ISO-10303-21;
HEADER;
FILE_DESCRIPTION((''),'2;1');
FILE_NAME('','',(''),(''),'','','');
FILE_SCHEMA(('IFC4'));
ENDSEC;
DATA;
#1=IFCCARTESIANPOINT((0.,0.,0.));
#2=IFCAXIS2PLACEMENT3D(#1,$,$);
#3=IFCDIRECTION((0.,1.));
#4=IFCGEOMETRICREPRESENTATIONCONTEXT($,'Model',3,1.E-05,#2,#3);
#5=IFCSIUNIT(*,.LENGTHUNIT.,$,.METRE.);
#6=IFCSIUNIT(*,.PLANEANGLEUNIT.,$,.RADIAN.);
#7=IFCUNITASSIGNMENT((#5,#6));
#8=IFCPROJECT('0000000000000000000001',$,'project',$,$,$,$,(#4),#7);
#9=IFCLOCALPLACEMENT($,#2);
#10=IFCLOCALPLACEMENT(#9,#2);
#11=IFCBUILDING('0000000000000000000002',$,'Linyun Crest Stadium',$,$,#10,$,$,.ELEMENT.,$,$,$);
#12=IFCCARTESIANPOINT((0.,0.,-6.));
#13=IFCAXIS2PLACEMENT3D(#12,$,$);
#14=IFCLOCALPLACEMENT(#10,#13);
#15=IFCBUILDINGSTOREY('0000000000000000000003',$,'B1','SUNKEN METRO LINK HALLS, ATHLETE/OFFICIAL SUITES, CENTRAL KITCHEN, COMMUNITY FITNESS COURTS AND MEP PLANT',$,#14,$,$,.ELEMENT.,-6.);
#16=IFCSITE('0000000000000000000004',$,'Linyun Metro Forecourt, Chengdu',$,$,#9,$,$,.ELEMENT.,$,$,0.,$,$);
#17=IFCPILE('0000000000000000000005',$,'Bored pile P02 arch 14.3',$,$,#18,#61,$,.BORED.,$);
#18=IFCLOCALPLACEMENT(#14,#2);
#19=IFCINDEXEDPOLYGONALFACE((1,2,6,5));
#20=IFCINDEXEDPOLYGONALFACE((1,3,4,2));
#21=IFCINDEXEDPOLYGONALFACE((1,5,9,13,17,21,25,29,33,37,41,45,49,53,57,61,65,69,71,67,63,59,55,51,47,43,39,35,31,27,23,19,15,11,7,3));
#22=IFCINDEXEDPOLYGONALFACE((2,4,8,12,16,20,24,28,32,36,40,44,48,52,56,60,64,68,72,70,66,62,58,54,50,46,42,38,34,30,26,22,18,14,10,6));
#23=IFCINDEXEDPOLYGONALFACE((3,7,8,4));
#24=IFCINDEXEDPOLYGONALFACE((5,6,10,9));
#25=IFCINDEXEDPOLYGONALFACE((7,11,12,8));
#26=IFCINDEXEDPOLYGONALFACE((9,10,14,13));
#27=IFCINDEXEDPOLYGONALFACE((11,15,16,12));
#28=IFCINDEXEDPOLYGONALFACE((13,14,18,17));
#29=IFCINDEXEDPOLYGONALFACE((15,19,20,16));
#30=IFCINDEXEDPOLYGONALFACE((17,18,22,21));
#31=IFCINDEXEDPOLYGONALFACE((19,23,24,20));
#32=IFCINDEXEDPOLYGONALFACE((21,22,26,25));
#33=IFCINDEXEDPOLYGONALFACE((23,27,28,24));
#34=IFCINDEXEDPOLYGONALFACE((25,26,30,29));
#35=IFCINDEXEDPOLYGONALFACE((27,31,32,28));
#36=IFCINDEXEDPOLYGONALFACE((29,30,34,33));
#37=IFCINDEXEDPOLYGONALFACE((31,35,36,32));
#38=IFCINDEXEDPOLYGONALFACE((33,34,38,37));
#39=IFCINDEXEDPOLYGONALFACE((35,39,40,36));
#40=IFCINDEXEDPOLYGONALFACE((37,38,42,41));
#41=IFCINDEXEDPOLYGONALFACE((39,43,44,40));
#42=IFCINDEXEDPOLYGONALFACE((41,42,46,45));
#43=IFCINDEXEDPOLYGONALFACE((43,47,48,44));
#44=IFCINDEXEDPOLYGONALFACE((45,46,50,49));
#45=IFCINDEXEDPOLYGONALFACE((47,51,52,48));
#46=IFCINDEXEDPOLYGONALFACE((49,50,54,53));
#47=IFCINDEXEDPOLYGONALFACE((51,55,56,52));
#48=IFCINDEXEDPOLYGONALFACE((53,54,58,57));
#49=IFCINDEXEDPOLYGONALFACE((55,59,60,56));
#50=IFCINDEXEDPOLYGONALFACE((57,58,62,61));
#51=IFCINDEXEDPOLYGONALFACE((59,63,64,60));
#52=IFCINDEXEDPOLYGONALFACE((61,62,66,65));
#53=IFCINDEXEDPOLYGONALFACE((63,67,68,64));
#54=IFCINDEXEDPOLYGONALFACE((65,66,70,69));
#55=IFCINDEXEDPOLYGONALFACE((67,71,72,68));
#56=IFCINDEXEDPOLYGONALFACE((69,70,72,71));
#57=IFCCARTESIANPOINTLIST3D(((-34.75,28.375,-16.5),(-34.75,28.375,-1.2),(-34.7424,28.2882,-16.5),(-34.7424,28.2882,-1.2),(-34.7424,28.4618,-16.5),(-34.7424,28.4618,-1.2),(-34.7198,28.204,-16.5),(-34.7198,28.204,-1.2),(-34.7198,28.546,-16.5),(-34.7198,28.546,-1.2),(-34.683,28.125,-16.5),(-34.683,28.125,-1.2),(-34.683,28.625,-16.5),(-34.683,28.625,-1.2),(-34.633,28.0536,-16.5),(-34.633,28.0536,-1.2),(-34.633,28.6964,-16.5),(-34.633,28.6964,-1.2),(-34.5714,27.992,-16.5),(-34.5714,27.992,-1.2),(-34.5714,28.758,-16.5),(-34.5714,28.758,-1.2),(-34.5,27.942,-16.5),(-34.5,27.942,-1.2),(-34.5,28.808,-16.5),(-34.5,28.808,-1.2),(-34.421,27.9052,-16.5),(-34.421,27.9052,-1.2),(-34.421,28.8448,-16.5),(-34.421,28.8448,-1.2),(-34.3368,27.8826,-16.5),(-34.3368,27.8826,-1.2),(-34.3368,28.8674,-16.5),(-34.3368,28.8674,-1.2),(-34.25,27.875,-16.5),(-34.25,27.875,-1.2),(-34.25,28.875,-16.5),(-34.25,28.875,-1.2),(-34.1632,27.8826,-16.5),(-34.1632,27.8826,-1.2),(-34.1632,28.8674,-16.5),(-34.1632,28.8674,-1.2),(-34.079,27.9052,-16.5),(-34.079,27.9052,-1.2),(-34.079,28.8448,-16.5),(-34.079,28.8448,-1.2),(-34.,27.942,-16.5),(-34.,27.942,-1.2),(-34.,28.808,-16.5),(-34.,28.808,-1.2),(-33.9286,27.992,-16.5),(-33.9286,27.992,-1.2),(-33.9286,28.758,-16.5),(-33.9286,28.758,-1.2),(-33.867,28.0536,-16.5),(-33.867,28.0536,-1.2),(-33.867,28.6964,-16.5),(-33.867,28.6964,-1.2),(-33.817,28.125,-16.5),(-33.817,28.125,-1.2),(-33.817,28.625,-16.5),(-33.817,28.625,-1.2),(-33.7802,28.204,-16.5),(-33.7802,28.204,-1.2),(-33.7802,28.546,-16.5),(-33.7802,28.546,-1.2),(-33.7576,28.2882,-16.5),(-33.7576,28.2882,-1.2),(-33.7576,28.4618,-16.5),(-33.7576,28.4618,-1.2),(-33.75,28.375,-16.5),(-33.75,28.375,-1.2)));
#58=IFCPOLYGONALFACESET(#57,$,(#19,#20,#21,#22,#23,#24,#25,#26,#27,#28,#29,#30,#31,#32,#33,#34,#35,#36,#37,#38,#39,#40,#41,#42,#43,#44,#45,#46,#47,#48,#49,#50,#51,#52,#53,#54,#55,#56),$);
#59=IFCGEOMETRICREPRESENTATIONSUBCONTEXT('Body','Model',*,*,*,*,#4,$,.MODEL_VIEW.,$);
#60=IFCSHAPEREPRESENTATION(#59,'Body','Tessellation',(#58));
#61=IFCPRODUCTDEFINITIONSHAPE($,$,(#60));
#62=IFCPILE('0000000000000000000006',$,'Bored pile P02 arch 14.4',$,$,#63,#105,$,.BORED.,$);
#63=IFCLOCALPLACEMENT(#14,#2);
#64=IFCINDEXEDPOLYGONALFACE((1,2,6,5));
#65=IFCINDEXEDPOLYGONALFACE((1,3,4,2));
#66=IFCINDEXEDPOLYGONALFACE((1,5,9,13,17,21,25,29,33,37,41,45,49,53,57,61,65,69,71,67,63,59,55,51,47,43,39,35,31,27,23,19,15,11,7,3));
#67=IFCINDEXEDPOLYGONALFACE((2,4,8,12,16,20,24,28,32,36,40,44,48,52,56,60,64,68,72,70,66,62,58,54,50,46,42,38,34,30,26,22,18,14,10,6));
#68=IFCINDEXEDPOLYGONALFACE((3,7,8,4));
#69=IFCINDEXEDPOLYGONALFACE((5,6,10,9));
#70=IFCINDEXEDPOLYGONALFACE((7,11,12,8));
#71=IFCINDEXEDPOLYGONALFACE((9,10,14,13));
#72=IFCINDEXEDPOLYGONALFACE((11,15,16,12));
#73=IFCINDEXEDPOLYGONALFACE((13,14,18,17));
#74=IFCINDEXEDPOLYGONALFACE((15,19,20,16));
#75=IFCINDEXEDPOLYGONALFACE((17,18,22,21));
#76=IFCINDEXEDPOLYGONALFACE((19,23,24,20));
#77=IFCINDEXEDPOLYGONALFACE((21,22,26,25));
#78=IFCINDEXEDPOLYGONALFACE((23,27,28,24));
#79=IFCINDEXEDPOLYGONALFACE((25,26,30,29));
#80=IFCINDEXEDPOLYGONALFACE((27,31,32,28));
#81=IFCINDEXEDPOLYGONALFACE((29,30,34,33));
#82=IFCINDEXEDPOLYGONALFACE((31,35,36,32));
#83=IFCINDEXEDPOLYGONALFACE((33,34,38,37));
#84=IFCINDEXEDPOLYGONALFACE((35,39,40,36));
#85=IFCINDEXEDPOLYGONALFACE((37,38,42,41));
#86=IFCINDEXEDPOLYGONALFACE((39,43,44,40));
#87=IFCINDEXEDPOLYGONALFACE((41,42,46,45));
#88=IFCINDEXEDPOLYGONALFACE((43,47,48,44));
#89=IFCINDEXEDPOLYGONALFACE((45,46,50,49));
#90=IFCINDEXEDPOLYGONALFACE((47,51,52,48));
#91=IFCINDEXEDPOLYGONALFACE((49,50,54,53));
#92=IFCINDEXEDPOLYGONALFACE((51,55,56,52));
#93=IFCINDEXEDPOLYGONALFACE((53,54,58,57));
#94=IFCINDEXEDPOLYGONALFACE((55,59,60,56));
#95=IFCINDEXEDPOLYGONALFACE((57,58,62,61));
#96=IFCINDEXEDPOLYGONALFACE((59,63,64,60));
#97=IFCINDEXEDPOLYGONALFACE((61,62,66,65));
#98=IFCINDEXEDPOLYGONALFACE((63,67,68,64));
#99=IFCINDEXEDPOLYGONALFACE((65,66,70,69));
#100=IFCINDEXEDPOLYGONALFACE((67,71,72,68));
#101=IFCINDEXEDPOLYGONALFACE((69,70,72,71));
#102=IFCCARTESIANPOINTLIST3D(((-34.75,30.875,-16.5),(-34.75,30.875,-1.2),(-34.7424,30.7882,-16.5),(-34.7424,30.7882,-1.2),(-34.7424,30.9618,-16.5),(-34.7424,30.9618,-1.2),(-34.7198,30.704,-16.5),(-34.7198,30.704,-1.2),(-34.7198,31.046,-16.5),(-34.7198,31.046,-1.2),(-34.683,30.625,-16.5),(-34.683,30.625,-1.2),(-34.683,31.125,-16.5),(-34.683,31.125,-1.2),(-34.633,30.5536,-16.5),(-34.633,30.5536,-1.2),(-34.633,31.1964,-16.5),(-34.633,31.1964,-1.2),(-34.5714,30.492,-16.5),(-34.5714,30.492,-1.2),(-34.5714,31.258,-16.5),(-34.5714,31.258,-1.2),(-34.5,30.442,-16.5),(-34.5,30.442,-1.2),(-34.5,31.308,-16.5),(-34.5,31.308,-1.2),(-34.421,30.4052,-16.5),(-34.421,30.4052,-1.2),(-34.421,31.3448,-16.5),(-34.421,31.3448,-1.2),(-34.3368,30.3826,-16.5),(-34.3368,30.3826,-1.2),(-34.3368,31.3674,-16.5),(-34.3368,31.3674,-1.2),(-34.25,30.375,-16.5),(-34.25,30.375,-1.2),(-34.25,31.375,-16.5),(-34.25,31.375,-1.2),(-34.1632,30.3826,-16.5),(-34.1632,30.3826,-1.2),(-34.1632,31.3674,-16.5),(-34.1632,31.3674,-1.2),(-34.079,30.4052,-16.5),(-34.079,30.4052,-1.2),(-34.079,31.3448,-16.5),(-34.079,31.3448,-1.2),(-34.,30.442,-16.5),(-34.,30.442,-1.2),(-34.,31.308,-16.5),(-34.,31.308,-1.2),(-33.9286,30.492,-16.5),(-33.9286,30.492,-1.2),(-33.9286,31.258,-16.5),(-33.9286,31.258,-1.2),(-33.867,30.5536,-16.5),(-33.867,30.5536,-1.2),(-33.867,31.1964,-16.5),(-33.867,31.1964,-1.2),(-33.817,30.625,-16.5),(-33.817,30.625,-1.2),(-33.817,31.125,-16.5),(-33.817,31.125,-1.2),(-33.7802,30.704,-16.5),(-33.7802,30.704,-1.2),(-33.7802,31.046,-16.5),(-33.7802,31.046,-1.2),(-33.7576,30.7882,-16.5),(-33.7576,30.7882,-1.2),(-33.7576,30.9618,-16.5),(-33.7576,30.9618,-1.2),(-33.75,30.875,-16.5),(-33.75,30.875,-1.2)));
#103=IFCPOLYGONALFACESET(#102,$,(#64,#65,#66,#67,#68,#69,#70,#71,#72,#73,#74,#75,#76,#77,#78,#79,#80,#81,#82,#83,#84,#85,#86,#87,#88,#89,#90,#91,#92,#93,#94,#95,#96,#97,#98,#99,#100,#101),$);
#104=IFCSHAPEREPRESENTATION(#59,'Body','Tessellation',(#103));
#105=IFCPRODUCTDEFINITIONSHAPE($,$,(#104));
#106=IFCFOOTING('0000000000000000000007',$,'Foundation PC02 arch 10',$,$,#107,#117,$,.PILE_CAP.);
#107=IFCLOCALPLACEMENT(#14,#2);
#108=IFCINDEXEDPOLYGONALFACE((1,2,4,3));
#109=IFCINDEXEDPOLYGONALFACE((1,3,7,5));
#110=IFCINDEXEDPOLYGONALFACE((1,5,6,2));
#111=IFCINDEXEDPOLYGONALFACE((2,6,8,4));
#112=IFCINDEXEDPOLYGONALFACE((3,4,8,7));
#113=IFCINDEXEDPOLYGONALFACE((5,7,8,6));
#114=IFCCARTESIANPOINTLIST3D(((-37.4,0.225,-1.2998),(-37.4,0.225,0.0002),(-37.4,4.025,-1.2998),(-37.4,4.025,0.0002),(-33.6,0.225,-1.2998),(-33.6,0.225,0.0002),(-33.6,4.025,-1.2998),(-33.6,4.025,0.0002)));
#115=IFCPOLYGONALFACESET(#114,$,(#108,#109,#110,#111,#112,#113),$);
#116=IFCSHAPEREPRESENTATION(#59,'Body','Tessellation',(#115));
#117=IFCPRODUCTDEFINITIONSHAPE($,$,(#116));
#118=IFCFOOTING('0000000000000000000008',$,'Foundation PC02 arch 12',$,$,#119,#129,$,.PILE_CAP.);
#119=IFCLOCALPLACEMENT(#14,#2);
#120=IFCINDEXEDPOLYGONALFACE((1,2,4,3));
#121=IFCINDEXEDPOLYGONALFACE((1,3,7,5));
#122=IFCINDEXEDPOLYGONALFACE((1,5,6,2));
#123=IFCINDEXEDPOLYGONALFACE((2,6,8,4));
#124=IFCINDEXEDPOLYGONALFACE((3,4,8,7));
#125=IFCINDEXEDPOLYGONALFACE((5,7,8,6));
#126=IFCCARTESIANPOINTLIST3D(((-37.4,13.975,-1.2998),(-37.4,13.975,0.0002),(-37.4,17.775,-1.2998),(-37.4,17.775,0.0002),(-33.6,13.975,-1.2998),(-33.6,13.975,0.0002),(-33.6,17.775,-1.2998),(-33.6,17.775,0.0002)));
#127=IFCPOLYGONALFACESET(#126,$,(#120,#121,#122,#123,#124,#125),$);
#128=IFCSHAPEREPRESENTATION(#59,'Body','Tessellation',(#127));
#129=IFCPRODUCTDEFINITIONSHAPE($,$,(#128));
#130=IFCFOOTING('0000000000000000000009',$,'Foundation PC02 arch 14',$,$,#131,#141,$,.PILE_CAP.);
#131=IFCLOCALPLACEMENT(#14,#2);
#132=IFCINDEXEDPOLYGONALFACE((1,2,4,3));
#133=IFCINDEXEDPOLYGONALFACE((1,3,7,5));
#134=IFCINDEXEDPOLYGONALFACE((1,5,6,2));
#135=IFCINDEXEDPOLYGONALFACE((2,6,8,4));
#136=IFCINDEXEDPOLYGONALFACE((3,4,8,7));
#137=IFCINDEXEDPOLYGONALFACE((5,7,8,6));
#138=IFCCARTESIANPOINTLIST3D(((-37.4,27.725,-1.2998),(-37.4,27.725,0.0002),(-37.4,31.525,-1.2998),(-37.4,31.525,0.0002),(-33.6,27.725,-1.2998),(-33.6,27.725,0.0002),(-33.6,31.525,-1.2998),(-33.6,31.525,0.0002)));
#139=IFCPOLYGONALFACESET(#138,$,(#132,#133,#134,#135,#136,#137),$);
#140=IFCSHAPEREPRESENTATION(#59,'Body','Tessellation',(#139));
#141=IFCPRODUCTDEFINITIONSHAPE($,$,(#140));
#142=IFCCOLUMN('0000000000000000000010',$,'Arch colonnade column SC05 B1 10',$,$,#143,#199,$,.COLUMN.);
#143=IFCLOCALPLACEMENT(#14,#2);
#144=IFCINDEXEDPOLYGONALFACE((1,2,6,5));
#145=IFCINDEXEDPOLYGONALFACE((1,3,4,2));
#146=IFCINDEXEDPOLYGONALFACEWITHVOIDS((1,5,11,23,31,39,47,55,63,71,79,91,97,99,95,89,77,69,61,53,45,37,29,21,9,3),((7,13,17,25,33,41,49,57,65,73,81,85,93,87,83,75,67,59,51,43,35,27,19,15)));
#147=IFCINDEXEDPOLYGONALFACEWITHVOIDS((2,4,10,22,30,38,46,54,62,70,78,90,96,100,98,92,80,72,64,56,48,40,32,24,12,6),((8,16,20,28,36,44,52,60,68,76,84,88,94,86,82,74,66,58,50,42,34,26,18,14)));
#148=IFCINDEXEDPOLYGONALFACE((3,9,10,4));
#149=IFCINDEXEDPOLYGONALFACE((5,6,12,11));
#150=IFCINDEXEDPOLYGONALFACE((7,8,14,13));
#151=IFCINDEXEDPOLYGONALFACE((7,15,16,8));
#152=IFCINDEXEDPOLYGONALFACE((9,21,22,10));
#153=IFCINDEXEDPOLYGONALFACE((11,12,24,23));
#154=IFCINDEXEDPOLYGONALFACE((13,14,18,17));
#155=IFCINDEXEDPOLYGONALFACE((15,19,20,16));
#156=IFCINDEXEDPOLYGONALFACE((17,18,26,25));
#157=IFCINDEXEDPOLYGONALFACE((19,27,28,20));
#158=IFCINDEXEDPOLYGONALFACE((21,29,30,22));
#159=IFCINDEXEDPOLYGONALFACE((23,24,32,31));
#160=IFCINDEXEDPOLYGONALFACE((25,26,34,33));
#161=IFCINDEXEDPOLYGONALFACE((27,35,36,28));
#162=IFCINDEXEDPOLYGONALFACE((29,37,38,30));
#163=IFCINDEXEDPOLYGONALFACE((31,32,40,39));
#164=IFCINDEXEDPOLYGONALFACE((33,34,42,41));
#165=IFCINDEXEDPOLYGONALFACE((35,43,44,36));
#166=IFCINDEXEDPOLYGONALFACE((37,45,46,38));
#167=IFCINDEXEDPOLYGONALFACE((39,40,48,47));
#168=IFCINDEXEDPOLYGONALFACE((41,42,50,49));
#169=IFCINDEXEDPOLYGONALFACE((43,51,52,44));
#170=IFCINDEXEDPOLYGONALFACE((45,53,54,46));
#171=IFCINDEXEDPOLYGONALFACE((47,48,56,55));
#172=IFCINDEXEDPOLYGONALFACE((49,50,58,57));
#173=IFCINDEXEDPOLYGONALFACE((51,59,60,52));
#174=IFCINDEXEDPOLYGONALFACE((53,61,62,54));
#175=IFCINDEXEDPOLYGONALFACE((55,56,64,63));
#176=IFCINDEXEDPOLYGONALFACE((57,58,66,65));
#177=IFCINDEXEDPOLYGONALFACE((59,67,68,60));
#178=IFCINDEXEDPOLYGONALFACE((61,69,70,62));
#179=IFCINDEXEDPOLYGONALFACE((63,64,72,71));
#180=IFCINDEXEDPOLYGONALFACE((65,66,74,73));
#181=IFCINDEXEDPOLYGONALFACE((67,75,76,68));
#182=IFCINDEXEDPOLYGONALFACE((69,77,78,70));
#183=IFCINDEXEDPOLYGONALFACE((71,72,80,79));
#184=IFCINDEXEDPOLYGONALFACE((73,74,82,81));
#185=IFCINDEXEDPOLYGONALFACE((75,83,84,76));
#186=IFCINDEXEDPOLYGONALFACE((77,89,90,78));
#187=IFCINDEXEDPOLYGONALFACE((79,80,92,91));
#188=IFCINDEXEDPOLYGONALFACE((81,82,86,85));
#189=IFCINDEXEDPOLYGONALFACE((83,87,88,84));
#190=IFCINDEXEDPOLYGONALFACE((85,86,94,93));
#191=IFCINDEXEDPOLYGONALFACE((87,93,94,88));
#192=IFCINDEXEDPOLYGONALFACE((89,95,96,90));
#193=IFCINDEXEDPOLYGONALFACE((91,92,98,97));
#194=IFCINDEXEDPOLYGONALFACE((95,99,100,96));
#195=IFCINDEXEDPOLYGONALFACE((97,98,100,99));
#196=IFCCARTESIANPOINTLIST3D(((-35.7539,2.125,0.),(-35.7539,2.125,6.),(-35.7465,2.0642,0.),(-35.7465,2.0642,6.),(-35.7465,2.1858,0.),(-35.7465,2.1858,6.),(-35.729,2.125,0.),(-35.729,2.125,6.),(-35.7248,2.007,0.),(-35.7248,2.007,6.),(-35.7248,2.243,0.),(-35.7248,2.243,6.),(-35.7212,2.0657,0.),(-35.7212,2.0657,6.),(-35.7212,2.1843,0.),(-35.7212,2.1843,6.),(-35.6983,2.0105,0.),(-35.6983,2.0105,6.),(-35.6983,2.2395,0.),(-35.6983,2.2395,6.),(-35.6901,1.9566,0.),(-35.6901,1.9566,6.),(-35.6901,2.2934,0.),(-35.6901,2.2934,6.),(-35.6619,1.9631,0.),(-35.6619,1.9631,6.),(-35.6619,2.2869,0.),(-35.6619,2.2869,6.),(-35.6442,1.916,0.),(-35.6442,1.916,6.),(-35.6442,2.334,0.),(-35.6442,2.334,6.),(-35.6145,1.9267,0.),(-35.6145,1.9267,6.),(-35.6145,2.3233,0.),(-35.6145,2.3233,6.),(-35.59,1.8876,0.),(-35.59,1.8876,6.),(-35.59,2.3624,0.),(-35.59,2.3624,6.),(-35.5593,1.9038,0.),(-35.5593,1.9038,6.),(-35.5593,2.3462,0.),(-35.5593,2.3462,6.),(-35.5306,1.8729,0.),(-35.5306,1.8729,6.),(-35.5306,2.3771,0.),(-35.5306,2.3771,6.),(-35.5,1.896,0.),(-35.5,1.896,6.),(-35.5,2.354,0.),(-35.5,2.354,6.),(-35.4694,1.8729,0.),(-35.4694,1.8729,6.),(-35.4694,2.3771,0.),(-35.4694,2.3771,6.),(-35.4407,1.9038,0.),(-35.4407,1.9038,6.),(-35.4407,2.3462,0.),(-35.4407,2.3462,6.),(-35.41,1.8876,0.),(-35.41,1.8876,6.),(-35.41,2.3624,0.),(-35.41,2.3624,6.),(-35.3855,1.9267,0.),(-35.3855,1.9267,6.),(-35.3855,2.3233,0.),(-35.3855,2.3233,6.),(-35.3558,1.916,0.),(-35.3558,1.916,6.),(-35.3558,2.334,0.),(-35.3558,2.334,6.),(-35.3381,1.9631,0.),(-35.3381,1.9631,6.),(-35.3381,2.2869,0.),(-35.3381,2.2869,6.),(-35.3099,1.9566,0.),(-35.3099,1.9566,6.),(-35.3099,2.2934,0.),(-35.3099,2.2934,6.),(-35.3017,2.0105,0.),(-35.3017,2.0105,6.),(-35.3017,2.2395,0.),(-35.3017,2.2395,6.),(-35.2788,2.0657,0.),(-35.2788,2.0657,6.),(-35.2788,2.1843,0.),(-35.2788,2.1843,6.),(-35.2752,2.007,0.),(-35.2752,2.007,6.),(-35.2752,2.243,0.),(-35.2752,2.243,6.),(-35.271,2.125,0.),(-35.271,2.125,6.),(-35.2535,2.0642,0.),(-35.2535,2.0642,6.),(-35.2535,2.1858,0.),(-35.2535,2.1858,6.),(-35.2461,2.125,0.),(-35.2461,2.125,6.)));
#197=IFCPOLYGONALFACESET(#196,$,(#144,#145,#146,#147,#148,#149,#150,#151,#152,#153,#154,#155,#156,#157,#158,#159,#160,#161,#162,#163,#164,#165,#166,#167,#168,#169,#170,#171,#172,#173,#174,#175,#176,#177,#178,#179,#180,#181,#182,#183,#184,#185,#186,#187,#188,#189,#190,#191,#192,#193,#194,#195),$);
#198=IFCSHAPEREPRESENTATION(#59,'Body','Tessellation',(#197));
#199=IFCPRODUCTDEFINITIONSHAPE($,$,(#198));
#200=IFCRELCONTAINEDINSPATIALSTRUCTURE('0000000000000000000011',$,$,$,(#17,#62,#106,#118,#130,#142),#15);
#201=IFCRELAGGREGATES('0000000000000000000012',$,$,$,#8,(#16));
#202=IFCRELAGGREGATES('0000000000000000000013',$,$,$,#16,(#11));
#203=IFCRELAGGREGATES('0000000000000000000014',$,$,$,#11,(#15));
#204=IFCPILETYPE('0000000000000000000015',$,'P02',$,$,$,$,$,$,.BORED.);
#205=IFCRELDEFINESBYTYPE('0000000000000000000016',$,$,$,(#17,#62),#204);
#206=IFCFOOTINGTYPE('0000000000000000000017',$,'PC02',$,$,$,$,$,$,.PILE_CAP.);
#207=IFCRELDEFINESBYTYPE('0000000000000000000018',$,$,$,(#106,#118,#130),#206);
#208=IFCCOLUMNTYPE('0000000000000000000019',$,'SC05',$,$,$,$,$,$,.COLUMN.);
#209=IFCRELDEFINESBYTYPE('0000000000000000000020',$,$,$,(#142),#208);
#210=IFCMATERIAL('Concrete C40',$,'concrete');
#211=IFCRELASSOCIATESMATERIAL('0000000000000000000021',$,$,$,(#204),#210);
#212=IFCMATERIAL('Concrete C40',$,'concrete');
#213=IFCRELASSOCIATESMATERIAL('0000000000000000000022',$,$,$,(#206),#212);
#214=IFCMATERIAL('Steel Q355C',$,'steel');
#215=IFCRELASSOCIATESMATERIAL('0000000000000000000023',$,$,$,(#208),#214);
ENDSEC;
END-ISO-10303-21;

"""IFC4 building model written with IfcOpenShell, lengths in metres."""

from ifc_helpers import new_model, si_unit, direction, frame, origin, origin_2d, place, context, subcontext, project, spatial, rectangle, circle, hollow_circle, extrude, material, material_profile, profile_set, type_object, element, save


model = new_model("IFC4")

# Units and contexts
model_context = context("Model", 3, precision=1e-05, world=origin(), true_north=direction((0.0, 1.0)))
body_context = subcontext(model_context, "Body", "Model", "MODEL_VIEW")
ifc_project = project(units=[si_unit("LENGTHUNIT", "METRE"), si_unit("PLANEANGLEUNIT", "RADIAN")], contexts=[model_context])

# Site, building, storey
site_placement = place(None, origin())
site = spatial("IfcSite", under=ifc_project, at=site_placement, Name="Linyun Metro Forecourt, Chengdu", CompositionType="ELEMENT", RefElevation=0.0)
building_placement = place(site_placement, origin())
building = spatial("IfcBuilding", under=site, at=building_placement, Name="Linyun Crest Stadium", CompositionType="ELEMENT")
storey_placement = place(building_placement, frame((0.0, 0.0, -6.0)))
storey = spatial("IfcBuildingStorey", under=building, at=storey_placement, Name="B1", Description="SUNKEN METRO LINK HALLS, ATHLETE/OFFICIAL SUITES, CENTRAL KITCHEN, COMMUNITY FITNESS COURTS AND MEP PLANT", CompositionType="ELEMENT", Elevation=-6.0)

# Piles
ifc_material_1 = material(Name="Concrete C40", Category="concrete")
ifc_material_profile_1 = material_profile(ifc_material_1, circle(Radius=0.5, at=origin_2d()), Name="BORED PILE 1000")
ifc_profile_set_1 = profile_set([ifc_material_profile_1], Name="Concrete C40")
pile_type = type_object("IfcPileType", Name="P02", PredefinedType="BORED", material=ifc_profile_set_1)
for number, where, z_axis, x_axis, name in (
    (1, (-34.25, 28.375, -1.2), (0.0, 0.0, -1.0), (1.0, 0.0, 0.0), "Bored pile P02 arch 14.3"),
    (2, (-34.25, 30.875, -1.2), (0.0, 0.0, -1.0), (1.0, 0.0, 0.0), "Bored pile P02 arch 14.4"),
):
    element("IfcPile", number, at=place(storey_placement, frame(where, z_axis=z_axis, x_axis=x_axis)), inside=storey, type_object=pile_type, Name=name, PredefinedType="BORED", context=body_context, shape_type="SweptSolid", body=[
        extrude(circle(Radius=0.5, at=origin_2d()), origin(), (0.0, 0.0, 1.0), 15.3),
    ])

# Footings
ifc_material_2 = material(Name="Concrete C40", Category="concrete")
footing_type = type_object("IfcFootingType", Name="PC02", PredefinedType="PILE_CAP", material=ifc_material_2)
for number, where, z_axis, x_axis, name in (
    (3, (-35.5, 2.125, -1.2998), (0.0, 0.0, 1.0), (1.0, 0.0, 0.0), "Foundation PC02 arch 10"),
    (4, (-35.5, 15.875, -1.2998), (0.0, 0.0, 1.0), (1.0, 0.0, 0.0), "Foundation PC02 arch 12"),
    (5, (-35.5, 29.625, -1.2998), (0.0, 0.0, 1.0), (1.0, 0.0, 0.0), "Foundation PC02 arch 14"),
):
    element("IfcFooting", number, at=place(storey_placement, frame(where, z_axis=z_axis, x_axis=x_axis)), inside=storey, type_object=footing_type, Name=name, PredefinedType="PILE_CAP", context=body_context, shape_type="SweptSolid", body=[
        extrude(rectangle(XDim=3.8, YDim=3.8, at=origin_2d()), origin(), (0.0, 0.0, 1.0), 1.3),
    ])

# Column
ifc_material_3 = material(Name="Steel Q355C", Category="steel")
ifc_material_profile_2 = material_profile(ifc_material_3, hollow_circle(Radius=0.2539, WallThickness=0.0249, at=origin_2d()), Name="CHS 508x25")
ifc_profile_set_2 = profile_set([ifc_material_profile_2], Name="Steel Q355C")
column_type = type_object("IfcColumnType", Name="SC05", PredefinedType="COLUMN", material=ifc_profile_set_2)
for number, where, z_axis, x_axis, name in (
    (6, (-35.5, 2.125, 0.0), (0.0, 0.0, 1.0), (1.0, 0.0, 0.0), "Arch colonnade column SC05 B1 10"),
):
    element("IfcColumn", number, at=place(storey_placement, frame(where, z_axis=z_axis, x_axis=x_axis)), inside=storey, type_object=column_type, Name=name, PredefinedType="COLUMN", context=body_context, shape_type="SweptSolid", body=[
        extrude(hollow_circle(Radius=0.2539, WallThickness=0.0249, at=origin_2d()), origin(), (0.0, 0.0, 1.0), 6.0),
    ])

save(model, "model.ifc")
